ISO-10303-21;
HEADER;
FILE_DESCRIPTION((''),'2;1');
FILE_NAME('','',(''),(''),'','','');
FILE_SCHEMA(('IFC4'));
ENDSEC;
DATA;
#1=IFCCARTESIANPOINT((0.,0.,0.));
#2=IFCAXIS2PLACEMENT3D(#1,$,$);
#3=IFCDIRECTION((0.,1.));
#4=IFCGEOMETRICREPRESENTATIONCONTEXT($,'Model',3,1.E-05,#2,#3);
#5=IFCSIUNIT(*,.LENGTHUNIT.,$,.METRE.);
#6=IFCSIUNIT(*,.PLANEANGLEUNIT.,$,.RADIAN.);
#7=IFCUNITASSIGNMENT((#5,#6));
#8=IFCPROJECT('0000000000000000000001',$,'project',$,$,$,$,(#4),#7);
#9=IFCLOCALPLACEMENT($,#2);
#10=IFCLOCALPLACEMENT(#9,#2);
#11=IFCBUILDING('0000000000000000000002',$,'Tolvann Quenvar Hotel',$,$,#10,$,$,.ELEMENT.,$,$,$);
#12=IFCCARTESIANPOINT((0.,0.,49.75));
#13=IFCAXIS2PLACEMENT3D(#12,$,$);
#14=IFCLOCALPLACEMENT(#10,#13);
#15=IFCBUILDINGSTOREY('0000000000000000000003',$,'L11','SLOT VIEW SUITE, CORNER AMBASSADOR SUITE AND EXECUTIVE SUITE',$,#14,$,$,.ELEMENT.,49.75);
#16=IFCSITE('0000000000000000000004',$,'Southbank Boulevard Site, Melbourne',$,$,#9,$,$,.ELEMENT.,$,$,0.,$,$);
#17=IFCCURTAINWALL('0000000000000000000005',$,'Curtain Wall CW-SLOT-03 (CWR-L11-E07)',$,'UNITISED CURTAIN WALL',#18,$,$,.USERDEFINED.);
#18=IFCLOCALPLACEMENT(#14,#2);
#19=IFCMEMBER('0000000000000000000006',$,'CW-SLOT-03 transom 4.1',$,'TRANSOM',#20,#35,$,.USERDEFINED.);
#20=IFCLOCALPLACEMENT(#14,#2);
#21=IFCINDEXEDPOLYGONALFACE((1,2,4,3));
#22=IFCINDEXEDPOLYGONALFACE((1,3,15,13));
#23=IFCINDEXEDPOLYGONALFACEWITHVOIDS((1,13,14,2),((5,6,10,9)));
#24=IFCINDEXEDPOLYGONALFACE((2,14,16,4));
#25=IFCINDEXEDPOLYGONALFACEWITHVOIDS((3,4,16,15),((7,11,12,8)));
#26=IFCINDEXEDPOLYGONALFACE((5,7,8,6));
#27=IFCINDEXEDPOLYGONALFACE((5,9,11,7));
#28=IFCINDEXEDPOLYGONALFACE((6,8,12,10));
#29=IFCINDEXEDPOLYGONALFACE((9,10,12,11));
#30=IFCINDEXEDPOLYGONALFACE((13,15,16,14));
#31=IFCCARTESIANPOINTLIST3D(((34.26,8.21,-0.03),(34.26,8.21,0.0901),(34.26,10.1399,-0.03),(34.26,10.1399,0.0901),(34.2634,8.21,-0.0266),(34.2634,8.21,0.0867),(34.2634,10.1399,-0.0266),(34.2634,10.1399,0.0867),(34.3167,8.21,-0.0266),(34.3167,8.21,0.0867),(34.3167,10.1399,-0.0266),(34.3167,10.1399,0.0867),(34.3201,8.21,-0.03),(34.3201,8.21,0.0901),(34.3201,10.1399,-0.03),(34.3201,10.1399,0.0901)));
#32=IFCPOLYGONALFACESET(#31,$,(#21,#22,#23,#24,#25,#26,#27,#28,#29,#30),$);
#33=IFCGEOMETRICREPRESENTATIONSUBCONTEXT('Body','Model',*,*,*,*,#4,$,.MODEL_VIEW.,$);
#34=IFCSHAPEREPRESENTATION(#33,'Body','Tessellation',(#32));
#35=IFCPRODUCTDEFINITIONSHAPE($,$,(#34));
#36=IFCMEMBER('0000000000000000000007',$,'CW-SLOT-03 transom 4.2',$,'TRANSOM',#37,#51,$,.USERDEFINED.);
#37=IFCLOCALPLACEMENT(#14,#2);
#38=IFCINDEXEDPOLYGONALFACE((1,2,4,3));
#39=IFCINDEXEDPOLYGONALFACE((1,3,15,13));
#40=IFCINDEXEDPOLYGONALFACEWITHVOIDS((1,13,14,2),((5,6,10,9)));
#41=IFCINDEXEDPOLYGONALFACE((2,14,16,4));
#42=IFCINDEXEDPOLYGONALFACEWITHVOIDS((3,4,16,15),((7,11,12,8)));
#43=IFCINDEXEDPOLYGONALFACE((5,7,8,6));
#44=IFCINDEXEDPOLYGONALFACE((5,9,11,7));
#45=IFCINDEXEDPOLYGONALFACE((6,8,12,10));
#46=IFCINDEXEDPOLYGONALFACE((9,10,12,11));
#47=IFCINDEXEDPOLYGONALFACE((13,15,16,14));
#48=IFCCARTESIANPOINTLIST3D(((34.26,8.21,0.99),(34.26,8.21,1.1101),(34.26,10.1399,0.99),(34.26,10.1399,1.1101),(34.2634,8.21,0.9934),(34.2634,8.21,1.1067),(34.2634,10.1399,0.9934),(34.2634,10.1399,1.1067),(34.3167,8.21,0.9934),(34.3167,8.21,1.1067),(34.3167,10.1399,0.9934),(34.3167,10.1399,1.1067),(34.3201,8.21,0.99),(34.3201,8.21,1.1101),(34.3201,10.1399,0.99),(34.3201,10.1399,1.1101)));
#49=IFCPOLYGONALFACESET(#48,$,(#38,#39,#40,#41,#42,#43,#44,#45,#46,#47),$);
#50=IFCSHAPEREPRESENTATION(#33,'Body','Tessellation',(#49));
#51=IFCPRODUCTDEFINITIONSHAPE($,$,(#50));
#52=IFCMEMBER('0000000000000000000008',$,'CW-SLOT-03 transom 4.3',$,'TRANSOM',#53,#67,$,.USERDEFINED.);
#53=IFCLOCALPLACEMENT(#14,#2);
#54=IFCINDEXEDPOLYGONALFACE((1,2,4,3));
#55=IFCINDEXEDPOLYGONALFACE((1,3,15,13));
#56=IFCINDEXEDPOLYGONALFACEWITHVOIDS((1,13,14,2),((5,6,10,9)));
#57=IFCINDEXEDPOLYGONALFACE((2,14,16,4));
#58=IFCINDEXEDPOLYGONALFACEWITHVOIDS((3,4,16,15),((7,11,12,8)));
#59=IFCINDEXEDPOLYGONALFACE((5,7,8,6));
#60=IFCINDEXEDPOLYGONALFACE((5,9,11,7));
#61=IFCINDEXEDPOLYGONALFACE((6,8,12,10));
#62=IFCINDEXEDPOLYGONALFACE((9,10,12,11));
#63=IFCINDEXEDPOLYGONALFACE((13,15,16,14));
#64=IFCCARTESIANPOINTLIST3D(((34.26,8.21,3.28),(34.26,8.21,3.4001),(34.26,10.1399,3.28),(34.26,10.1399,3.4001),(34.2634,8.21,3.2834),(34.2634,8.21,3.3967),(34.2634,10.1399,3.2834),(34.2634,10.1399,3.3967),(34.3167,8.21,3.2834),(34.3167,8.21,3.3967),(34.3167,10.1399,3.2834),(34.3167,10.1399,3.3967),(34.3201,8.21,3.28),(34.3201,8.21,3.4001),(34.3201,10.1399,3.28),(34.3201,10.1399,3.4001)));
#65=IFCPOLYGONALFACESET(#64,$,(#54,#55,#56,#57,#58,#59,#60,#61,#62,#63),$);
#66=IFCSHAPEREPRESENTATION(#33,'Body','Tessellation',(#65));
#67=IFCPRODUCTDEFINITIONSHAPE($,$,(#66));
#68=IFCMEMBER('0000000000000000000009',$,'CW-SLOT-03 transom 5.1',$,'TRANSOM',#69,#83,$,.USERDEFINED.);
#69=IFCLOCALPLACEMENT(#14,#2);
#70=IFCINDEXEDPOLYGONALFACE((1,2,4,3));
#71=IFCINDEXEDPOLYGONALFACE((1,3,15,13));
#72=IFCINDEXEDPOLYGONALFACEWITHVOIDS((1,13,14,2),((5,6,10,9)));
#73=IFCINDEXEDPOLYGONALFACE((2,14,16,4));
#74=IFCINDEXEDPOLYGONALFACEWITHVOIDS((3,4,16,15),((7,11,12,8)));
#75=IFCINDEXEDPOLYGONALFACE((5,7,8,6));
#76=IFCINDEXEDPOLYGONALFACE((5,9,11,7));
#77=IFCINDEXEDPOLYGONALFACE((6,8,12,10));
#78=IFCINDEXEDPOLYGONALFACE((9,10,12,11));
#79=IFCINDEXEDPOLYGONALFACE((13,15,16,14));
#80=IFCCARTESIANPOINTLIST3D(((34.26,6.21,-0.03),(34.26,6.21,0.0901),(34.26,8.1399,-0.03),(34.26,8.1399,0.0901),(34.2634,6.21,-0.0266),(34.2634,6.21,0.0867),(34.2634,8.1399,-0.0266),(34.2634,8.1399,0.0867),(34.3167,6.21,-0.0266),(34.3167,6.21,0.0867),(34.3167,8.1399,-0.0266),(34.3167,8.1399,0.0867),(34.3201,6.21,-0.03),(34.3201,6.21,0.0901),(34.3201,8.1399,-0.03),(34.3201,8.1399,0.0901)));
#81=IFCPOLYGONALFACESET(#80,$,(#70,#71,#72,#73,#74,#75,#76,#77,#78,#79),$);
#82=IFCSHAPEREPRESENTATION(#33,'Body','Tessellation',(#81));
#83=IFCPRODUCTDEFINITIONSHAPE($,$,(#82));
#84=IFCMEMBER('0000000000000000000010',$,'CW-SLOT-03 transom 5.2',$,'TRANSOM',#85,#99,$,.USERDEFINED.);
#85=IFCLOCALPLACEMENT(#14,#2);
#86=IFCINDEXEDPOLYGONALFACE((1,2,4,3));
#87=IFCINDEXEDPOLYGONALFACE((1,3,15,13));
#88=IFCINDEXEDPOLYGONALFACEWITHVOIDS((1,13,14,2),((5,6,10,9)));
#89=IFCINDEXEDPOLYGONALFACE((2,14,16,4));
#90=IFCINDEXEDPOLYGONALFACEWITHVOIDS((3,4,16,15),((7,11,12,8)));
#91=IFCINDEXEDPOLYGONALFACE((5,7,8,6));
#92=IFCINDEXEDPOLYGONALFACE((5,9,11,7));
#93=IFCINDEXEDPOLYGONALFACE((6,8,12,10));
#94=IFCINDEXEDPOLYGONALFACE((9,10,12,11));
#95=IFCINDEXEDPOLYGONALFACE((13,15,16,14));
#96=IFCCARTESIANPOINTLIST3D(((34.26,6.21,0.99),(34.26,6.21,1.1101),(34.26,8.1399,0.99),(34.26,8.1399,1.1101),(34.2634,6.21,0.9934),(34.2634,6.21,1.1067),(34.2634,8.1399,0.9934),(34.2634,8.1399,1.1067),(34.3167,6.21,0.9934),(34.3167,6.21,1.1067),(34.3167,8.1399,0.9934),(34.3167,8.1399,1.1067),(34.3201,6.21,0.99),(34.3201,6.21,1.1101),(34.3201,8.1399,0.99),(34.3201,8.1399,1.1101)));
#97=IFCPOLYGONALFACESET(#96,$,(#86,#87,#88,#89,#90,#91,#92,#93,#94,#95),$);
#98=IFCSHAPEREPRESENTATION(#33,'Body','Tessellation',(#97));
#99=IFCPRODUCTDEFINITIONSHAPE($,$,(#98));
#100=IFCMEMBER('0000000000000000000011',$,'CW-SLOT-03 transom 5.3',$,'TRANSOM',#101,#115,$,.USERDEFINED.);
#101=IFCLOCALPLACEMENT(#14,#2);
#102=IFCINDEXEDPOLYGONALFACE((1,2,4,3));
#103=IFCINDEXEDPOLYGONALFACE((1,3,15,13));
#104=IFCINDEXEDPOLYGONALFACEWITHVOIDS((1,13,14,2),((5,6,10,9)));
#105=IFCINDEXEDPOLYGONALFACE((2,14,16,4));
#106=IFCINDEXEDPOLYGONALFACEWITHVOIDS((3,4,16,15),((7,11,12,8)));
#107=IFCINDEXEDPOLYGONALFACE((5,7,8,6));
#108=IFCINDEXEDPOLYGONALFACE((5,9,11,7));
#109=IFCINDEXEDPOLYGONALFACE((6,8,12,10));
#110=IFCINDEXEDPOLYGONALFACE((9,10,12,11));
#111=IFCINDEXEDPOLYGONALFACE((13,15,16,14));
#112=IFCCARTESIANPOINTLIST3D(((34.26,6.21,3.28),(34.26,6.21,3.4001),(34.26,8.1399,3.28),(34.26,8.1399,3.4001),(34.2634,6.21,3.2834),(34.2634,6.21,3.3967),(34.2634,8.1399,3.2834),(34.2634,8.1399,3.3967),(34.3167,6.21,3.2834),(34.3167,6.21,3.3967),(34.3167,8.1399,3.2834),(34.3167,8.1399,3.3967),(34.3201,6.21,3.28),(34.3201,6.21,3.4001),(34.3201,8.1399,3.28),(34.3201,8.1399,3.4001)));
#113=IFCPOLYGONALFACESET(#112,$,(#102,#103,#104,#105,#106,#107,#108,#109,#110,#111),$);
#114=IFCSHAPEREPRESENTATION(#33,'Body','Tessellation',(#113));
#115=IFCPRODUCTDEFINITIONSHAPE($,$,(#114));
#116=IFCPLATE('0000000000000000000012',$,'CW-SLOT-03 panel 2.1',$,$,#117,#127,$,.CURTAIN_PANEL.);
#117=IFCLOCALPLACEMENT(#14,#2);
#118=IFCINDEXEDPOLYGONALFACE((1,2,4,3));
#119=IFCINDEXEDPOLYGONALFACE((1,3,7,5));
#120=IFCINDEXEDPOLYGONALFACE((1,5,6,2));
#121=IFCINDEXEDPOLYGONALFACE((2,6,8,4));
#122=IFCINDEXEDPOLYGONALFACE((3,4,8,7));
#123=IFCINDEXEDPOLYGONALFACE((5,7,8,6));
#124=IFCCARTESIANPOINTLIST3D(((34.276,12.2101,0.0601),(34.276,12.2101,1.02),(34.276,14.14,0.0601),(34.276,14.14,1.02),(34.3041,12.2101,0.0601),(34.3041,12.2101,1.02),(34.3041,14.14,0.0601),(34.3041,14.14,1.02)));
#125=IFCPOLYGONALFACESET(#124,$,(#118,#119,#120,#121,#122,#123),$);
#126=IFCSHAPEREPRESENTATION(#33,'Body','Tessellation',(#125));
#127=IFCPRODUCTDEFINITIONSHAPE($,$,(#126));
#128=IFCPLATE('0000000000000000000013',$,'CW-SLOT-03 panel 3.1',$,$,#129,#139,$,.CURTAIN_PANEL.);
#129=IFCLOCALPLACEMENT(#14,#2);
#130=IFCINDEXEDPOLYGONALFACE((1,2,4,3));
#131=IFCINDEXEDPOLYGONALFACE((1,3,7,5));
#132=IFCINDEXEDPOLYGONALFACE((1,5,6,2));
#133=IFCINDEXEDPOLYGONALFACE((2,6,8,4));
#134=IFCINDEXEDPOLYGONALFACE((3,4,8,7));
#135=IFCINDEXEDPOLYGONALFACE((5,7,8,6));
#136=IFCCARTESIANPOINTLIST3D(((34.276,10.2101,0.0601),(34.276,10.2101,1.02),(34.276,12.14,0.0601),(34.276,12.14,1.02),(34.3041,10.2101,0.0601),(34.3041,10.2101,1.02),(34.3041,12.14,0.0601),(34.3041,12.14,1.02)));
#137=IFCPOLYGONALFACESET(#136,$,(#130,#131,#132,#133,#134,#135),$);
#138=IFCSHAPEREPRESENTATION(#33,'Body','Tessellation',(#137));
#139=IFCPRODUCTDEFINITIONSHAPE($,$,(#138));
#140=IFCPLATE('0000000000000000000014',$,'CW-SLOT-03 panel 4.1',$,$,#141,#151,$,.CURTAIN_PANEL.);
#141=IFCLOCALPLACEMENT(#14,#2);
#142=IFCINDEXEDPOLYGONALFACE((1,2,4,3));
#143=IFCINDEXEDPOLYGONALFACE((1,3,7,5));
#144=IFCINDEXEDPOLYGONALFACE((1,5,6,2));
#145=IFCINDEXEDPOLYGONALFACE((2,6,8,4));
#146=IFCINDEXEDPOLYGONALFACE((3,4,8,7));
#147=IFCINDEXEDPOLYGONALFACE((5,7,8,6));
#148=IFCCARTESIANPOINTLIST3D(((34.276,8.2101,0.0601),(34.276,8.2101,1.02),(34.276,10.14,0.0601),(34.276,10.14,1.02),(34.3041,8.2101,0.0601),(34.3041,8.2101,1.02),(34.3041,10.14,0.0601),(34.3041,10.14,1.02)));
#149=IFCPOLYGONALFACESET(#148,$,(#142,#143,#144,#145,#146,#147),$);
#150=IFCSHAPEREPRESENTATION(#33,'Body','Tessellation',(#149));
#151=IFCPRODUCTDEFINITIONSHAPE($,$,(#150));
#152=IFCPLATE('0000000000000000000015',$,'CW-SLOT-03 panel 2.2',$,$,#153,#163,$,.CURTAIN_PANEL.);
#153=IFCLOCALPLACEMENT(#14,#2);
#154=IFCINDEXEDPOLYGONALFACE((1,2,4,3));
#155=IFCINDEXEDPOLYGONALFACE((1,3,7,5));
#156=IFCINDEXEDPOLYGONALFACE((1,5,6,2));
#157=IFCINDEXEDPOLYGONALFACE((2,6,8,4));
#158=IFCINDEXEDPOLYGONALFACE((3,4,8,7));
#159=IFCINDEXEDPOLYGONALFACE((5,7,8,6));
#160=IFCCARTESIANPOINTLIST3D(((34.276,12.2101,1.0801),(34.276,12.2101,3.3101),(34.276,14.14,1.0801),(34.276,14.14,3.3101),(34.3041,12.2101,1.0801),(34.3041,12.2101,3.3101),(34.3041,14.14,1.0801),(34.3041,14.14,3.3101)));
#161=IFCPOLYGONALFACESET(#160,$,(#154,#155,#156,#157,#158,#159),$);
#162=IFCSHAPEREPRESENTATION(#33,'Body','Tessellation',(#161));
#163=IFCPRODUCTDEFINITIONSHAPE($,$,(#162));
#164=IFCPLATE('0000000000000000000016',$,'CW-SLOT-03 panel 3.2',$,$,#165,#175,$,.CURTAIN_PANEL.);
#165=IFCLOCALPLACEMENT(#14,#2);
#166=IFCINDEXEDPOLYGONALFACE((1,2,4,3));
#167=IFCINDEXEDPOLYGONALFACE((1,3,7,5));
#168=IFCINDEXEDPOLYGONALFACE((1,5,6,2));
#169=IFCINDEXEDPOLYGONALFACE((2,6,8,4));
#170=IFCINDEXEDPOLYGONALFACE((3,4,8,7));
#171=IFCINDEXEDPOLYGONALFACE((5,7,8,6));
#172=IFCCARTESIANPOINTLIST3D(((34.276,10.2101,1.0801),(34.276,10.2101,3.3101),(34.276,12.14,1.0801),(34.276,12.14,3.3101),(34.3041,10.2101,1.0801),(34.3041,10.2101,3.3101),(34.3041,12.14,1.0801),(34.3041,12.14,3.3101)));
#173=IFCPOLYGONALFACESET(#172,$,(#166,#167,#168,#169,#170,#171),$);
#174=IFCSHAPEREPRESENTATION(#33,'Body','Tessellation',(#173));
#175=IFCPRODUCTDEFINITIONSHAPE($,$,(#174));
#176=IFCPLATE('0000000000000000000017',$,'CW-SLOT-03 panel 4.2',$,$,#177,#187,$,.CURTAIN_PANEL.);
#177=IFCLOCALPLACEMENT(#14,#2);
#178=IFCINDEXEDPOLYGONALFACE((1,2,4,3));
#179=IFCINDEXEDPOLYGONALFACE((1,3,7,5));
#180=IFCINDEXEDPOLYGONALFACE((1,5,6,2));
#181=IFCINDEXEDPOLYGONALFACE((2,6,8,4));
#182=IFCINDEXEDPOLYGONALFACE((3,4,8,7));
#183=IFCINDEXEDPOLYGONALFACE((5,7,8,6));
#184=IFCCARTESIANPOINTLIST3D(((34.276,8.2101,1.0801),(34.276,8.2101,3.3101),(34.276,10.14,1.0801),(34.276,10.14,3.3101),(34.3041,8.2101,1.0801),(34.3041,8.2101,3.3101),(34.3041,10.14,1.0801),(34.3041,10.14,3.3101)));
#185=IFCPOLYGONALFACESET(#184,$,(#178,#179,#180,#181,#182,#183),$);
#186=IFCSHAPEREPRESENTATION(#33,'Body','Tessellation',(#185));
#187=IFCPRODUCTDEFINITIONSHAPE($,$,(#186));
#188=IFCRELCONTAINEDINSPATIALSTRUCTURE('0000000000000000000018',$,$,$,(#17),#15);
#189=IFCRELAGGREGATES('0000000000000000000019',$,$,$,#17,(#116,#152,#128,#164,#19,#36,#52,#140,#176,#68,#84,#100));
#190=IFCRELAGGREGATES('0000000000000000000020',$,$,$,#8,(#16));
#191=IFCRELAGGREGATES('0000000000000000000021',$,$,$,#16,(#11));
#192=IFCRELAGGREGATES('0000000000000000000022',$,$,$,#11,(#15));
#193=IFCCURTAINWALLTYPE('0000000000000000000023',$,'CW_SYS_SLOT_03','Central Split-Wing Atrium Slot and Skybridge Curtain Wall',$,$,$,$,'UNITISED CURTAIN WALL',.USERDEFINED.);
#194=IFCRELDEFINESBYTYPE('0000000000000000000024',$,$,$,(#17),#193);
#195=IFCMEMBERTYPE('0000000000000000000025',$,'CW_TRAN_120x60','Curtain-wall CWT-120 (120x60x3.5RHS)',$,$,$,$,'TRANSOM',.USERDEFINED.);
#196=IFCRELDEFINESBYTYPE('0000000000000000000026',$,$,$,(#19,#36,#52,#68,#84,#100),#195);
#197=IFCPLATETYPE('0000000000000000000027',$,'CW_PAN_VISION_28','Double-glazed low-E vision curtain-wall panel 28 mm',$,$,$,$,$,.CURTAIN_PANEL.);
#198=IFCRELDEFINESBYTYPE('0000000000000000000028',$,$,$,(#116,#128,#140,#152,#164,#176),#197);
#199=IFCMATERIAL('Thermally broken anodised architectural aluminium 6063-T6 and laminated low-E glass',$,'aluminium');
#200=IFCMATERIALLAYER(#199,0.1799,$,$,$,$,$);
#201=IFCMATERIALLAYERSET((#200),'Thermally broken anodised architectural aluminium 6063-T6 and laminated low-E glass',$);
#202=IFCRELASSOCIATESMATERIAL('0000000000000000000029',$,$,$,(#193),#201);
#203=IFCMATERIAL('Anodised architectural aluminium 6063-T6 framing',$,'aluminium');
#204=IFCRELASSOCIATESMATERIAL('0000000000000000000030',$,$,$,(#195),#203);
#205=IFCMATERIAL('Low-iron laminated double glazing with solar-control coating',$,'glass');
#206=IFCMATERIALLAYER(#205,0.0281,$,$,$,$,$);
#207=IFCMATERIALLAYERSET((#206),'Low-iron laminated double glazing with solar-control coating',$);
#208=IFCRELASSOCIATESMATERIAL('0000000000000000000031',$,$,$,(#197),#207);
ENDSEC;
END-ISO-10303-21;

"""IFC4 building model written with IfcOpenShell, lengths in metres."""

from ifc_helpers import new_model, si_unit, direction, frame, origin, origin_2d, place, context, subcontext, project, spatial, rectangle, hollow_rectangle, extrude, source, transform, mapped, material, layer, layer_set, material_profile, profile_set, type_object, type_shapes, element, aggregate, save


model = new_model("IFC4")

# Units and contexts
model_context = context("Model", 3, precision=1e-05, world=origin(), true_north=direction((0.0, 1.0)))
body_context = subcontext(model_context, "Body", "Model", "MODEL_VIEW")
ifc_project = project(units=[si_unit("LENGTHUNIT", "METRE"), si_unit("PLANEANGLEUNIT", "RADIAN")], contexts=[model_context])

# Site, building, storey
site_placement = place(None, origin())
site = spatial("IfcSite", under=ifc_project, at=site_placement, Name="Southbank Boulevard Site, Melbourne", CompositionType="ELEMENT", RefElevation=0.0)
building_placement = place(site_placement, origin())
building = spatial("IfcBuilding", under=site, at=building_placement, Name="Tolvann Quenvar Hotel", CompositionType="ELEMENT")
storey_placement = place(building_placement, frame((0.0, 0.0, 49.75)))
storey = spatial("IfcBuildingStorey", under=building, at=storey_placement, Name="L11", Description="SLOT VIEW SUITE, CORNER AMBASSADOR SUITE AND EXECUTIVE SUITE", CompositionType="ELEMENT", Elevation=49.75)

# Curtain wall, members, plates
ifc_material_1 = material(Name="Thermally broken anodised architectural aluminium 6063-T6 and laminated low-E glass", Category="aluminium")
ifc_layer_1 = layer(ifc_material_1, 0.1799)
ifc_layer_set_1 = layer_set([ifc_layer_1], Name="Thermally broken anodised architectural aluminium 6063-T6 and laminated low-E glass")
curtain_wall_type = type_object("IfcCurtainWallType", Name="CW_SYS_SLOT_03", Description="Central Split-Wing Atrium Slot and Skybridge Curtain Wall", ElementType="UNITISED CURTAIN WALL", PredefinedType="USERDEFINED", material=ifc_layer_set_1)
curtain_wall_placement = place(storey_placement, origin())
curtain_wall = element("IfcCurtainWall", 1, at=curtain_wall_placement, inside=storey, type_object=curtain_wall_type, Name="Curtain Wall CW-SLOT-03 (CWR-L11-E07)", ObjectType="UNITISED CURTAIN WALL", PredefinedType="USERDEFINED")
ifc_material_2 = material(Name="Anodised architectural aluminium 6063-T6 framing", Category="aluminium")
ifc_material_profile_1 = material_profile(ifc_material_2, hollow_rectangle(XDim=0.0601, YDim=0.1201, WallThickness=0.0034, at=origin_2d()), Name="120x60x3.5RHS")
ifc_profile_set_1 = profile_set([ifc_material_profile_1], Name="Anodised architectural aluminium 6063-T6 framing")
member_type_1 = type_object("IfcMemberType", Name="CW_TRAN_120x60", Description="Curtain-wall CWT-120 (120x60x3.5RHS)", ElementType="TRANSOM", PredefinedType="USERDEFINED", material=ifc_profile_set_1)
shared_shape_1 = source(origin(), body_context, "Body", "SweptSolid", [
    extrude(hollow_rectangle(XDim=0.0601, YDim=0.1201, WallThickness=0.0034, at=origin_2d()), origin(), (0.0, 0.0, 1.0), 1.9299),
])
type_shapes(member_type_1, [shared_shape_1])
member_1_placement = place(storey_placement, frame((34.29, 10.1399, 0.03), z_axis=(0.0, -1.0, 0.0), x_axis=(1.0, 0.0, 0.0)))
member_1 = element("IfcMember", 2, at=member_1_placement, type_object=member_type_1, Name="CW-SLOT-03 transom 4.1", ObjectType="TRANSOM", PredefinedType="USERDEFINED", context=body_context, shape_type="MappedRepresentation", body=[
    mapped(shared_shape_1, transform((0.0, 0.0, 0.0), x_axis=(1.0, 0.0, 0.0), y_axis=(0.0, 1.0, 0.0), z_axis=(0.0, 0.0, 1.0), scale=1.0)),
])
member_2_placement = place(storey_placement, frame((34.29, 10.1399, 1.05), z_axis=(0.0, -1.0, 0.0), x_axis=(1.0, 0.0, 0.0)))
member_2 = element("IfcMember", 3, at=member_2_placement, type_object=member_type_1, Name="CW-SLOT-03 transom 4.2", ObjectType="TRANSOM", PredefinedType="USERDEFINED", context=body_context, shape_type="MappedRepresentation", body=[
    mapped(shared_shape_1, transform((0.0, 0.0, 0.0), x_axis=(1.0, 0.0, 0.0), y_axis=(0.0, 1.0, 0.0), z_axis=(0.0, 0.0, 1.0), scale=1.0)),
])
member_3_placement = place(storey_placement, frame((34.29, 10.1399, 3.3401), z_axis=(0.0, -1.0, 0.0), x_axis=(1.0, 0.0, 0.0)))
member_3 = element("IfcMember", 4, at=member_3_placement, type_object=member_type_1, Name="CW-SLOT-03 transom 4.3", ObjectType="TRANSOM", PredefinedType="USERDEFINED", context=body_context, shape_type="MappedRepresentation", body=[
    mapped(shared_shape_1, transform((0.0, 0.0, 0.0), x_axis=(1.0, 0.0, 0.0), y_axis=(0.0, 1.0, 0.0), z_axis=(0.0, 0.0, 1.0), scale=1.0)),
])
member_4_placement = place(storey_placement, frame((34.29, 8.1399, 0.03), z_axis=(0.0, -1.0, 0.0), x_axis=(1.0, 0.0, 0.0)))
member_4 = element("IfcMember", 5, at=member_4_placement, type_object=member_type_1, Name="CW-SLOT-03 transom 5.1", ObjectType="TRANSOM", PredefinedType="USERDEFINED", context=body_context, shape_type="MappedRepresentation", body=[
    mapped(shared_shape_1, transform((0.0, 0.0, 0.0), x_axis=(1.0, 0.0, 0.0), y_axis=(0.0, 1.0, 0.0), z_axis=(0.0, 0.0, 1.0), scale=1.0)),
])
member_5_placement = place(storey_placement, frame((34.29, 8.1399, 1.05), z_axis=(0.0, -1.0, 0.0), x_axis=(1.0, 0.0, 0.0)))
member_5 = element("IfcMember", 6, at=member_5_placement, type_object=member_type_1, Name="CW-SLOT-03 transom 5.2", ObjectType="TRANSOM", PredefinedType="USERDEFINED", context=body_context, shape_type="MappedRepresentation", body=[
    mapped(shared_shape_1, transform((0.0, 0.0, 0.0), x_axis=(1.0, 0.0, 0.0), y_axis=(0.0, 1.0, 0.0), z_axis=(0.0, 0.0, 1.0), scale=1.0)),
])
member_6_placement = place(storey_placement, frame((34.29, 8.1399, 3.3401), z_axis=(0.0, -1.0, 0.0), x_axis=(1.0, 0.0, 0.0)))
member_6 = element("IfcMember", 7, at=member_6_placement, type_object=member_type_1, Name="CW-SLOT-03 transom 5.3", ObjectType="TRANSOM", PredefinedType="USERDEFINED", context=body_context, shape_type="MappedRepresentation", body=[
    mapped(shared_shape_1, transform((0.0, 0.0, 0.0), x_axis=(1.0, 0.0, 0.0), y_axis=(0.0, 1.0, 0.0), z_axis=(0.0, 0.0, 1.0), scale=1.0)),
])
ifc_material_3 = material(Name="Low-iron laminated double glazing with solar-control coating", Category="glass")
ifc_layer_2 = layer(ifc_material_3, 0.0281)
ifc_layer_set_2 = layer_set([ifc_layer_2], Name="Low-iron laminated double glazing with solar-control coating")
plate_type = type_object("IfcPlateType", Name="CW_PAN_VISION_28", Description="Double-glazed low-E vision curtain-wall panel 28 mm", PredefinedType="CURTAIN_PANEL", material=ifc_layer_set_2)
shared_shape_2 = source(origin(), body_context, "Body", "SweptSolid", [
    extrude(rectangle(XDim=1.9299, YDim=0.0281, at=origin_2d()), origin(), (0.0, 0.0, 1.0), 0.96),
])
plate_1_placement = place(storey_placement, frame((34.29, 13.175, 0.0601), z_axis=(0.0, 0.0, 1.0), x_axis=(0.0, -1.0, 0.0)))
plate_1 = element("IfcPlate", 8, at=plate_1_placement, type_object=plate_type, Name="CW-SLOT-03 panel 2.1", PredefinedType="CURTAIN_PANEL", context=body_context, shape_type="MappedRepresentation", body=[
    mapped(shared_shape_2, transform((0.0, 0.0, 0.0), x_axis=(1.0, 0.0, 0.0), y_axis=(0.0, 1.0, 0.0), z_axis=(0.0, 0.0, 1.0), scale=1.0)),
])
plate_2_placement = place(storey_placement, frame((34.29, 11.175, 0.0601), z_axis=(0.0, 0.0, 1.0), x_axis=(0.0, -1.0, 0.0)))
plate_2 = element("IfcPlate", 9, at=plate_2_placement, type_object=plate_type, Name="CW-SLOT-03 panel 3.1", PredefinedType="CURTAIN_PANEL", context=body_context, shape_type="MappedRepresentation", body=[
    mapped(shared_shape_2, transform((0.0, 0.0, 0.0), x_axis=(1.0, 0.0, 0.0), y_axis=(0.0, 1.0, 0.0), z_axis=(0.0, 0.0, 1.0), scale=1.0)),
])
plate_3_placement = place(storey_placement, frame((34.29, 9.175, 0.0601), z_axis=(0.0, 0.0, 1.0), x_axis=(0.0, -1.0, 0.0)))
plate_3 = element("IfcPlate", 10, at=plate_3_placement, type_object=plate_type, Name="CW-SLOT-03 panel 4.1", PredefinedType="CURTAIN_PANEL", context=body_context, shape_type="MappedRepresentation", body=[
    mapped(shared_shape_2, transform((0.0, 0.0, 0.0), x_axis=(1.0, 0.0, 0.0), y_axis=(0.0, 1.0, 0.0), z_axis=(0.0, 0.0, 1.0), scale=1.0)),
])
shared_shape_3 = source(origin(), body_context, "Body", "SweptSolid", [
    extrude(rectangle(XDim=1.9299, YDim=0.0281, at=origin_2d()), origin(), (0.0, 0.0, 1.0), 2.23),
])
type_shapes(plate_type, [shared_shape_2, shared_shape_3])
plate_4_placement = place(storey_placement, frame((34.29, 13.175, 1.0801), z_axis=(0.0, 0.0, 1.0), x_axis=(0.0, -1.0, 0.0)))
plate_4 = element("IfcPlate", 11, at=plate_4_placement, type_object=plate_type, Name="CW-SLOT-03 panel 2.2", PredefinedType="CURTAIN_PANEL", context=body_context, shape_type="MappedRepresentation", body=[
    mapped(shared_shape_3, transform((0.0, 0.0, 0.0), x_axis=(1.0, 0.0, 0.0), y_axis=(0.0, 1.0, 0.0), z_axis=(0.0, 0.0, 1.0), scale=1.0)),
])
plate_5_placement = place(storey_placement, frame((34.29, 11.175, 1.0801), z_axis=(0.0, 0.0, 1.0), x_axis=(0.0, -1.0, 0.0)))
plate_5 = element("IfcPlate", 12, at=plate_5_placement, type_object=plate_type, Name="CW-SLOT-03 panel 3.2", PredefinedType="CURTAIN_PANEL", context=body_context, shape_type="MappedRepresentation", body=[
    mapped(shared_shape_3, transform((0.0, 0.0, 0.0), x_axis=(1.0, 0.0, 0.0), y_axis=(0.0, 1.0, 0.0), z_axis=(0.0, 0.0, 1.0), scale=1.0)),
])
plate_6_placement = place(storey_placement, frame((34.29, 9.175, 1.0801), z_axis=(0.0, 0.0, 1.0), x_axis=(0.0, -1.0, 0.0)))
plate_6 = element("IfcPlate", 13, at=plate_6_placement, type_object=plate_type, Name="CW-SLOT-03 panel 4.2", PredefinedType="CURTAIN_PANEL", context=body_context, shape_type="MappedRepresentation", body=[
    mapped(shared_shape_3, transform((0.0, 0.0, 0.0), x_axis=(1.0, 0.0, 0.0), y_axis=(0.0, 1.0, 0.0), z_axis=(0.0, 0.0, 1.0), scale=1.0)),
])
aggregate(curtain_wall, [plate_1, plate_4, plate_2, plate_5, member_1, member_2, member_3, plate_3, plate_6, member_4, member_5, member_6])

save(model, "model.ifc")
